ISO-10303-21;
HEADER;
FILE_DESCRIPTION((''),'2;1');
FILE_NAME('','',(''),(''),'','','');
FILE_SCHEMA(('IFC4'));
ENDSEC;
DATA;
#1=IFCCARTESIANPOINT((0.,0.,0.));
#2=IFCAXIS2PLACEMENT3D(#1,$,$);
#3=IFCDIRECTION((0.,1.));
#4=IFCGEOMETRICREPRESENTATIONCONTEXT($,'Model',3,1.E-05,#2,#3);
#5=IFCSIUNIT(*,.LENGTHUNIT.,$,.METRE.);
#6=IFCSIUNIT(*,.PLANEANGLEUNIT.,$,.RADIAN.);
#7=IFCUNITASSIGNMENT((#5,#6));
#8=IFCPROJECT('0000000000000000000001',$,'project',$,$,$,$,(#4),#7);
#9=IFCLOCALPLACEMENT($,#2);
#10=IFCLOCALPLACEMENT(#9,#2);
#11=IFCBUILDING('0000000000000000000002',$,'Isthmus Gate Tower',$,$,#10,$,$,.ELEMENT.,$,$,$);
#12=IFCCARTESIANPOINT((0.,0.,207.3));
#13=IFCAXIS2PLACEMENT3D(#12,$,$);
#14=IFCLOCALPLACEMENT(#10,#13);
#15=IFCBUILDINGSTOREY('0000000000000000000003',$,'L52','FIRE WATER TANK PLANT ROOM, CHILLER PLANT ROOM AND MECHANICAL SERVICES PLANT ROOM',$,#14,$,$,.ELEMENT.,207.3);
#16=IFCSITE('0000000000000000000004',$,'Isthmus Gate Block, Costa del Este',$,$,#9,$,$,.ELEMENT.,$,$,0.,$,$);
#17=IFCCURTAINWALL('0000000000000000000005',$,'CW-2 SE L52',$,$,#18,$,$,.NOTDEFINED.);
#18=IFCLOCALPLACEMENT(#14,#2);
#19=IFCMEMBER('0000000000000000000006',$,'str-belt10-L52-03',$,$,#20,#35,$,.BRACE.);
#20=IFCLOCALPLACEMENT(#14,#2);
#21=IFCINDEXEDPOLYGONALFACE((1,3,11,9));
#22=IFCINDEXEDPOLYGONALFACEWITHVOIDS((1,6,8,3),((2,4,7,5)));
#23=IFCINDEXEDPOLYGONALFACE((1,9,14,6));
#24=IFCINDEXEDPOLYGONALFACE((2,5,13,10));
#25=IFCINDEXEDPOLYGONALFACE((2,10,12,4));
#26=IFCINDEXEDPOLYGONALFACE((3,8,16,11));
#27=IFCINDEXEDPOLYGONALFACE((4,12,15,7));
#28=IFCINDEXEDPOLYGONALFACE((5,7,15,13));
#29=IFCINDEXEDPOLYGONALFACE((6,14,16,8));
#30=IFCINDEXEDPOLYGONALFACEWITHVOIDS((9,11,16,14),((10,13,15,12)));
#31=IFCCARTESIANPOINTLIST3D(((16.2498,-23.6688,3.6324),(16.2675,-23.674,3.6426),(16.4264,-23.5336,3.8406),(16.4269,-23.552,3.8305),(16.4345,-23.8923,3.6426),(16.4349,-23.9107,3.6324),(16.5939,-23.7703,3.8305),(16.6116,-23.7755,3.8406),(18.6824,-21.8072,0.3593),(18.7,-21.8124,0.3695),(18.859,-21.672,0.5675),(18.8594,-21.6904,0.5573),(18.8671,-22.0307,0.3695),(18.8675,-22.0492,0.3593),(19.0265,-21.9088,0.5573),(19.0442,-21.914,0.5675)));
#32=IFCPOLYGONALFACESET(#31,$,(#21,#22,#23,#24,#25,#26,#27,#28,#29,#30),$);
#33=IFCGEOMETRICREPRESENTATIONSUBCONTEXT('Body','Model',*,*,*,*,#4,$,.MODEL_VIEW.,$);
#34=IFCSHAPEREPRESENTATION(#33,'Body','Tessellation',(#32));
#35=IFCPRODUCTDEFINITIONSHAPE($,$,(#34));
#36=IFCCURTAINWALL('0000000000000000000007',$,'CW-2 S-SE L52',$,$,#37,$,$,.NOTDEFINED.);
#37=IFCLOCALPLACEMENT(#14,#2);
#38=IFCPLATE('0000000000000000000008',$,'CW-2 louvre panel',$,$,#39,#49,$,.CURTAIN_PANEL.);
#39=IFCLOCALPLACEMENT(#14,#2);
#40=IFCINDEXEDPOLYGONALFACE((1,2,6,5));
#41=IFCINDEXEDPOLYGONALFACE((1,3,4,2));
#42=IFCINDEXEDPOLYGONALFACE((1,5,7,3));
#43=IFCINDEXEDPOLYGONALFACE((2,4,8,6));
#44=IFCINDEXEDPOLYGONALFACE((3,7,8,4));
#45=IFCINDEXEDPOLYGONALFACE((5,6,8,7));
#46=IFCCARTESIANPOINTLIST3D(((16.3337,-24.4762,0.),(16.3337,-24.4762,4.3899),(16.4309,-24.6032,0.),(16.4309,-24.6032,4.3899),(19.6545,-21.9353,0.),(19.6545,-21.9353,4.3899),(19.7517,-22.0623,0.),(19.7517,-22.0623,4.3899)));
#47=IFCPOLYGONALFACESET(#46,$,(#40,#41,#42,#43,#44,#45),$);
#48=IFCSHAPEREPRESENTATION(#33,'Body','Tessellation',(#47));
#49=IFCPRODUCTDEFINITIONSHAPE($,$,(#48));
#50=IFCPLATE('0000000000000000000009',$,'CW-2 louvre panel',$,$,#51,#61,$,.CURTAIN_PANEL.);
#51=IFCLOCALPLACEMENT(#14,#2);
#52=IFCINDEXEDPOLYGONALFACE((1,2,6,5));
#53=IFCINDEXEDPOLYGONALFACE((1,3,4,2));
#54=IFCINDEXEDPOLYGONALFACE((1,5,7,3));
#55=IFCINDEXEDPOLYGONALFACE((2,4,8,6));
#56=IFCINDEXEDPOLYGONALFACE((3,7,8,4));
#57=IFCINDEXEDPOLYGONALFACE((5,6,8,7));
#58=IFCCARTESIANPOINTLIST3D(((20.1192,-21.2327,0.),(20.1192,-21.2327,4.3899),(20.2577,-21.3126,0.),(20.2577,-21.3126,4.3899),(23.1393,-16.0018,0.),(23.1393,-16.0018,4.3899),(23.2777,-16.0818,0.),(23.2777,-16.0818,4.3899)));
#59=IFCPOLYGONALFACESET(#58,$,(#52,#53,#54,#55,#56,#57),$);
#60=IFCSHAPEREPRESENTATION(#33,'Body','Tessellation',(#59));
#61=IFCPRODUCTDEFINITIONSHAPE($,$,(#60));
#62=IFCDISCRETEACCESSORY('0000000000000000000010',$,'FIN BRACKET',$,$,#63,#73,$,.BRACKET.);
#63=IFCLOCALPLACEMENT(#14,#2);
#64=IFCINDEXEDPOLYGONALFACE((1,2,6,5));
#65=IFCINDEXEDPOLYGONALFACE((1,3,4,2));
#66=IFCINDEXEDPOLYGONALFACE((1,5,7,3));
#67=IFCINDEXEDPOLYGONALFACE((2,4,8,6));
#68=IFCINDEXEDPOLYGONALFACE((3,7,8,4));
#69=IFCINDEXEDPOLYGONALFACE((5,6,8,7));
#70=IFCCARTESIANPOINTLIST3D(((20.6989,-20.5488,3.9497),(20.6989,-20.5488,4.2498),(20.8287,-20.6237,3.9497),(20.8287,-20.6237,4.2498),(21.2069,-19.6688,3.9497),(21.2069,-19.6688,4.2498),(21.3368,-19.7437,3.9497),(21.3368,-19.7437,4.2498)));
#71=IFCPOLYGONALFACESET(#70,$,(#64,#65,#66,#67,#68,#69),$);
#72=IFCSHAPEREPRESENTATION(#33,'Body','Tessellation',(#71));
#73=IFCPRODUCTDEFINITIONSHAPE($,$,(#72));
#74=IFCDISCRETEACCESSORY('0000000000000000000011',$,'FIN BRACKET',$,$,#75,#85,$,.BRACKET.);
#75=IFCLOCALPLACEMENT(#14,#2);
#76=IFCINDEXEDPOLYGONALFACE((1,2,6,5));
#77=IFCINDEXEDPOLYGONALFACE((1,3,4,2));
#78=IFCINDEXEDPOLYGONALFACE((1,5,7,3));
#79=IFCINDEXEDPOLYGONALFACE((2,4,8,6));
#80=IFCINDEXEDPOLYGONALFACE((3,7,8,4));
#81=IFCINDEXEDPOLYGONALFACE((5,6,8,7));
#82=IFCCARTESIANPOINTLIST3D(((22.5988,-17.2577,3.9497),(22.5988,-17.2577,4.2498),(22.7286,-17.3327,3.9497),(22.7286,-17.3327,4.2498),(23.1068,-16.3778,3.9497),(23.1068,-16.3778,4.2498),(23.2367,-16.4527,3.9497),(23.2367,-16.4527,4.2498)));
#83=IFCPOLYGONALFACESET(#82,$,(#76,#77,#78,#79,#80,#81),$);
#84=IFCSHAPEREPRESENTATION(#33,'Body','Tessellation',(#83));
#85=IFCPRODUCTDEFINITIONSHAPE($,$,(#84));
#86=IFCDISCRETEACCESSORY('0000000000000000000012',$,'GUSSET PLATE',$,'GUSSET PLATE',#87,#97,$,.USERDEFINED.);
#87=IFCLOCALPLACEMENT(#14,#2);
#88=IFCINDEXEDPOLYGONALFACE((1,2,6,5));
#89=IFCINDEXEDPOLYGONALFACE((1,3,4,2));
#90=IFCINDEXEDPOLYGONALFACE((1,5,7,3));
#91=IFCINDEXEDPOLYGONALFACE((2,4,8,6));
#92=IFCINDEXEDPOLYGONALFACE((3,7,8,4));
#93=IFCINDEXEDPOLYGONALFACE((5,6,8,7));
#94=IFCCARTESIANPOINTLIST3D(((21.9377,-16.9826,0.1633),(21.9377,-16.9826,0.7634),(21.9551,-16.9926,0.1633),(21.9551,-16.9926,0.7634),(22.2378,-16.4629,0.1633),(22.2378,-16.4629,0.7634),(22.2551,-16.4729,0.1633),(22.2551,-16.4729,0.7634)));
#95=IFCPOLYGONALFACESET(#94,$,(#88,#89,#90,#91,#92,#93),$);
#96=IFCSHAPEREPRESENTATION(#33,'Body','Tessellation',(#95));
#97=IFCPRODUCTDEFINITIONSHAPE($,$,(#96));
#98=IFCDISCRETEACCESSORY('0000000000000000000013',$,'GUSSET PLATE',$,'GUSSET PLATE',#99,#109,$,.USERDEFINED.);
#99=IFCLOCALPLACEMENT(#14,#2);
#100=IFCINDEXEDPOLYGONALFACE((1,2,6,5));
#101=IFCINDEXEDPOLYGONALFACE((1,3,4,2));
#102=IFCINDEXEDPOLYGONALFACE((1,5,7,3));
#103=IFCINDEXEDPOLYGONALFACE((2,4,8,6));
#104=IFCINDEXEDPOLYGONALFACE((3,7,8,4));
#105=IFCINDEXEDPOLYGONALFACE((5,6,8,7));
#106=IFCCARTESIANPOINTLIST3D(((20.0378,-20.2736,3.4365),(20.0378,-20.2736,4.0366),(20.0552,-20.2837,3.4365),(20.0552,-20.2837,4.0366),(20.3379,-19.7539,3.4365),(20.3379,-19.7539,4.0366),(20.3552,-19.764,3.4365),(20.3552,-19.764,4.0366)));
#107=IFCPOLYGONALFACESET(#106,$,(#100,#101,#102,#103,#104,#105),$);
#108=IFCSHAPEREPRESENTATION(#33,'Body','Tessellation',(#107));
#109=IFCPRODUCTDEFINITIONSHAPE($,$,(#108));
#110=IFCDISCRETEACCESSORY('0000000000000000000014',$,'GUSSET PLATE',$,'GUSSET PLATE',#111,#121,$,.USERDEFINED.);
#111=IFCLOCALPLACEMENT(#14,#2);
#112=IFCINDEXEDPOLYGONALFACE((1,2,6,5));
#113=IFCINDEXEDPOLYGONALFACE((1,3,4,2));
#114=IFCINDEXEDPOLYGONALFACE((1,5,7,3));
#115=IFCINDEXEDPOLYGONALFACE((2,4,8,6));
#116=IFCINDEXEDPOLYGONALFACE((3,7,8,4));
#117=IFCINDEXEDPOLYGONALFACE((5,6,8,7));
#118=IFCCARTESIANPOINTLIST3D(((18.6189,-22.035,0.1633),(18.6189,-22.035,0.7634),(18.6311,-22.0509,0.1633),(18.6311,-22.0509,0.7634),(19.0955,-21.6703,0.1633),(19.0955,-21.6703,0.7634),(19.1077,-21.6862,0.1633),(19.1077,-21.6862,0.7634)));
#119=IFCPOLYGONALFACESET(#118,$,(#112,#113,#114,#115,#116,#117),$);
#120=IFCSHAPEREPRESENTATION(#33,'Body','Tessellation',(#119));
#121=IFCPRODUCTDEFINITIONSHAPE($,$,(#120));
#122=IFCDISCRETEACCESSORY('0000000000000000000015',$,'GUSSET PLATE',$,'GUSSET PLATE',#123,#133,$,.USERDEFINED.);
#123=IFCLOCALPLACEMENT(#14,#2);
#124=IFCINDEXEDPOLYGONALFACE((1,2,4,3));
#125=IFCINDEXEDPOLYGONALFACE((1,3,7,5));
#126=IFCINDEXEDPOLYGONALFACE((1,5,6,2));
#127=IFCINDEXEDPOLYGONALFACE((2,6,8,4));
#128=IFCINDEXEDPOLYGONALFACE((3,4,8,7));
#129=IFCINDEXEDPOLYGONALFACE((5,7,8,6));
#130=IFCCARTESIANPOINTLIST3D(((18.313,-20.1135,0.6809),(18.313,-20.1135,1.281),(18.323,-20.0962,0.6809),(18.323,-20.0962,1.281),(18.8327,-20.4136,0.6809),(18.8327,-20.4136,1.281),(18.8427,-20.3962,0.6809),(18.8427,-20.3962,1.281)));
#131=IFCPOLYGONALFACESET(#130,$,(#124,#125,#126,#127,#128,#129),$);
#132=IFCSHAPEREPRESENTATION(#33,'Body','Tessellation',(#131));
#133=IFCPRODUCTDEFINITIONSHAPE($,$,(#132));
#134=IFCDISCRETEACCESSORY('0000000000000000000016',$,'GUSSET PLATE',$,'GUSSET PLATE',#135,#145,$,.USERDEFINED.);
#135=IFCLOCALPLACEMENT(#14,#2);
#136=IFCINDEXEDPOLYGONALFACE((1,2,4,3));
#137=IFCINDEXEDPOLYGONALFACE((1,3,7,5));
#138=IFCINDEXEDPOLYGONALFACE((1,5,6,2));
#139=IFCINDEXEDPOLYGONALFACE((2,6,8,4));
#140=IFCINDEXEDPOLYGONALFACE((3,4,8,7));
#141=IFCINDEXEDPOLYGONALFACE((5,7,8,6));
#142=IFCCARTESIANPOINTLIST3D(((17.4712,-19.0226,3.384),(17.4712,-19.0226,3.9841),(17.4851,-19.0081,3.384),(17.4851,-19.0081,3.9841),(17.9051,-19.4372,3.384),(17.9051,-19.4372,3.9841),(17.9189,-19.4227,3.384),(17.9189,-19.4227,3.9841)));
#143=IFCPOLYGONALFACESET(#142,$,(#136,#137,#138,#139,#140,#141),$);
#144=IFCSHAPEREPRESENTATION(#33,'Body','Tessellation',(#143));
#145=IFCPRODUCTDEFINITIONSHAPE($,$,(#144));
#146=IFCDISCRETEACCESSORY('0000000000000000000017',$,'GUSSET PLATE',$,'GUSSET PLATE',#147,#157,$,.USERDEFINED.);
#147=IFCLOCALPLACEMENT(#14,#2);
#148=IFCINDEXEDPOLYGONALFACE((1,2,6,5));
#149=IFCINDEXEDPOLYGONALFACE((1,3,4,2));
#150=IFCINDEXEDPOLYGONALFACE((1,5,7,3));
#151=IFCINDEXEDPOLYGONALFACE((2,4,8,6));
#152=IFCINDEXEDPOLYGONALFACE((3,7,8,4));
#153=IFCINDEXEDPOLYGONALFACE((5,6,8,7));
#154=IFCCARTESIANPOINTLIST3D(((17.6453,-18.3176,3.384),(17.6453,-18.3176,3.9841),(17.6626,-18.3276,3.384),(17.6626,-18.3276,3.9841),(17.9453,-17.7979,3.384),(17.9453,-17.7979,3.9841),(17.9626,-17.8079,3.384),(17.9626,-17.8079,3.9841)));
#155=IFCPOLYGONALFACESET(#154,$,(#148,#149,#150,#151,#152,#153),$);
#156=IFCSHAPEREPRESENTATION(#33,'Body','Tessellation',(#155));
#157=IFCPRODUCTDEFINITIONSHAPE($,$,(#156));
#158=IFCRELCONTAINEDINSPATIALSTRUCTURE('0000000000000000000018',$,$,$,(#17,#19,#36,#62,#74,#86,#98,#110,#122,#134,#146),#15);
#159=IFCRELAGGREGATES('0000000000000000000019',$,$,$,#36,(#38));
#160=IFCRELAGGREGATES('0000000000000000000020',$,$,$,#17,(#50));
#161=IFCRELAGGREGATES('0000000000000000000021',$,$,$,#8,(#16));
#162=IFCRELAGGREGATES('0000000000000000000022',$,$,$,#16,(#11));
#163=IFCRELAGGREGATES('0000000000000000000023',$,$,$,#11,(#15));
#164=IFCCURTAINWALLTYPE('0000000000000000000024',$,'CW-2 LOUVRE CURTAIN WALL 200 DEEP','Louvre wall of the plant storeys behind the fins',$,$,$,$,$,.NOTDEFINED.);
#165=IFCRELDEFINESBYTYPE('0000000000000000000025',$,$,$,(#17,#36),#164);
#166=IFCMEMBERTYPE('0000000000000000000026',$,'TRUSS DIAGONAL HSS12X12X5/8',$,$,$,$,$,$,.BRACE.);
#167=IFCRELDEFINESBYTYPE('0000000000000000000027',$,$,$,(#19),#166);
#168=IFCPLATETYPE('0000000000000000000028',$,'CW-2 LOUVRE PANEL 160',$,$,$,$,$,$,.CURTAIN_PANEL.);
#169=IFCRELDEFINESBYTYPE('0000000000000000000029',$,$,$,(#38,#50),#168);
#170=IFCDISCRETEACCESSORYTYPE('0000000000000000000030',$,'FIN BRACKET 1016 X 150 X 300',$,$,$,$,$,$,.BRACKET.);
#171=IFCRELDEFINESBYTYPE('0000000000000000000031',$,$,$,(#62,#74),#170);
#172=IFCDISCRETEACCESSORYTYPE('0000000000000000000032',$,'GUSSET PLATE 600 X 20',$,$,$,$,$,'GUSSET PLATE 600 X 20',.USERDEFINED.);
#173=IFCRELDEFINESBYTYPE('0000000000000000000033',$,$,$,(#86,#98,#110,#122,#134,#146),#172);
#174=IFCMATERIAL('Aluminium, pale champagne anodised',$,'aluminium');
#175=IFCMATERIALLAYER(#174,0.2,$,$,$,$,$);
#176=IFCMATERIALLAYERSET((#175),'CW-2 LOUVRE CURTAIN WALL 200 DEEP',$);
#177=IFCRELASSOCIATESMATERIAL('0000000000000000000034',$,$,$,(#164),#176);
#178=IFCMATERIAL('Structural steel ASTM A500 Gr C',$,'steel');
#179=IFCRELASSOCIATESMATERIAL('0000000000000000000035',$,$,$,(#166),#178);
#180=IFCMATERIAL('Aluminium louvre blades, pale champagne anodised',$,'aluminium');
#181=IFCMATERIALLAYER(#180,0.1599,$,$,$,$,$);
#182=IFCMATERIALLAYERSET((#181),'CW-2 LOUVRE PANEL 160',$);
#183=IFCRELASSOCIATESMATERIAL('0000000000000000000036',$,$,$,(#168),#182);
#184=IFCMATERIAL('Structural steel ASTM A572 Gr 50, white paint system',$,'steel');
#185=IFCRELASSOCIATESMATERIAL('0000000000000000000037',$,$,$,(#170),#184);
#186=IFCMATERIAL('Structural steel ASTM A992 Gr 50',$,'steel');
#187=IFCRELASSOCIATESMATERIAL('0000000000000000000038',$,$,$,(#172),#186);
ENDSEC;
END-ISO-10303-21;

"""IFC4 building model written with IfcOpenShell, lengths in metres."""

from ifc_helpers import new_model, si_unit, direction, frame, origin, origin_2d, place, context, subcontext, project, spatial, rectangle, hollow_rectangle, extrude, material, layer, layer_set, material_profile, profile_set, type_object, element, aggregate, save


model = new_model("IFC4")

# Units and contexts
model_context = context("Model", 3, precision=1e-05, world=origin(), true_north=direction((0.0, 1.0)))
body_context = subcontext(model_context, "Body", "Model", "MODEL_VIEW")
ifc_project = project(units=[si_unit("LENGTHUNIT", "METRE"), si_unit("PLANEANGLEUNIT", "RADIAN")], contexts=[model_context])

# Site, building, storey
site_placement = place(None, origin())
site = spatial("IfcSite", under=ifc_project, at=site_placement, Name="Isthmus Gate Block, Costa del Este", CompositionType="ELEMENT", RefElevation=0.0)
building_placement = place(site_placement, origin())
building = spatial("IfcBuilding", under=site, at=building_placement, Name="Isthmus Gate Tower", CompositionType="ELEMENT")
storey_placement = place(building_placement, frame((0.0, 0.0, 207.3)))
storey = spatial("IfcBuildingStorey", under=building, at=storey_placement, Name="L52", Description="FIRE WATER TANK PLANT ROOM, CHILLER PLANT ROOM AND MECHANICAL SERVICES PLANT ROOM", CompositionType="ELEMENT", Elevation=207.3)

# Curtain wall
ifc_material_1 = material(Name="Aluminium, pale champagne anodised", Category="aluminium")
ifc_layer_1 = layer(ifc_material_1, 0.2)
ifc_layer_set_1 = layer_set([ifc_layer_1], Name="CW-2 LOUVRE CURTAIN WALL 200 DEEP")
curtain_wall_type = type_object("IfcCurtainWallType", Name="CW-2 LOUVRE CURTAIN WALL 200 DEEP", Description="Louvre wall of the plant storeys behind the fins", PredefinedType="NOTDEFINED", material=ifc_layer_set_1)
curtain_wall_1_placement = place(storey_placement, origin())
curtain_wall_1 = element("IfcCurtainWall", 1, at=curtain_wall_1_placement, inside=storey, type_object=curtain_wall_type, Name="CW-2 SE L52", PredefinedType="NOTDEFINED")

# Member
ifc_material_2 = material(Name="Structural steel ASTM A500 Gr C", Category="steel")
ifc_material_profile_1 = material_profile(ifc_material_2, hollow_rectangle(XDim=0.3047, YDim=0.3047, WallThickness=0.0149, at=origin_2d()), Name="HSS12X12X5/8")
ifc_profile_set_1 = profile_set([ifc_material_profile_1], Name="Structural steel ASTM A500 Gr C")
member_type_1 = type_object("IfcMemberType", Name="TRUSS DIAGONAL HSS12X12X5/8", PredefinedType="BRACE", material=ifc_profile_set_1)
member_1_placement = place(storey_placement, frame((18.8633, -21.8606, 0.4634), z_axis=(-0.542637, -0.415256, 0.730142), x_axis=(0.607725, -0.794147, 0.0)))
element("IfcMember", 2, at=member_1_placement, inside=storey, type_object=member_type_1, Name="str-belt10-L52-03", PredefinedType="BRACE", context=body_context, shape_type="SweptSolid", body=[
    extrude(hollow_rectangle(XDim=0.3047, YDim=0.3047, WallThickness=0.0149, at=origin_2d()), origin(), (0.0, 0.0, 1.0), 4.4829),
])

# Curtain wall, plate
curtain_wall_2_placement = place(storey_placement, origin())
curtain_wall_2 = element("IfcCurtainWall", 3, at=curtain_wall_2_placement, inside=storey, type_object=curtain_wall_type, Name="CW-2 S-SE L52", PredefinedType="NOTDEFINED")
ifc_material_3 = material(Name="Aluminium louvre blades, pale champagne anodised", Category="aluminium")
ifc_layer_2 = layer(ifc_material_3, 0.1599)
ifc_layer_set_2 = layer_set([ifc_layer_2], Name="CW-2 LOUVRE PANEL 160")
plate_type = type_object("IfcPlateType", Name="CW-2 LOUVRE PANEL 160", PredefinedType="CURTAIN_PANEL", material=ifc_layer_set_2)
plate_1_placement = place(storey_placement, frame((18.0427, -23.2693, 0.0), z_axis=(0.0, 0.0, 1.0), x_axis=(0.794189, 0.607671, 0.0)))
plate_1 = element("IfcPlate", 4, at=plate_1_placement, type_object=plate_type, Name="CW-2 louvre panel", PredefinedType="CURTAIN_PANEL", context=body_context, shape_type="SweptSolid", body=[
    extrude(rectangle(XDim=4.1814, YDim=0.1599, at=origin_2d()), origin(), (0.0, 0.0, 1.0), 4.3899),
])
aggregate(curtain_wall_2, [plate_1])

# Plate
plate_2_placement = place(storey_placement, frame((21.6985, -18.6572, 0.0), z_axis=(0.0, 0.0, 1.0), x_axis=(0.5, 0.866025, 0.0)))
plate_2 = element("IfcPlate", 5, at=plate_2_placement, type_object=plate_type, Name="CW-2 louvre panel", PredefinedType="CURTAIN_PANEL", context=body_context, shape_type="SweptSolid", body=[
    extrude(rectangle(XDim=6.04, YDim=0.1599, at=origin_2d()), origin(), (0.0, 0.0, 1.0), 4.3899),
])
aggregate(curtain_wall_1, [plate_2])

# Discrete accessories
ifc_material_4 = material(Name="Structural steel ASTM A572 Gr 50, white paint system", Category="steel")
discrete_accessory_type_1 = type_object("IfcDiscreteAccessoryType", Name="FIN BRACKET 1016 X 150 X 300", PredefinedType="BRACKET", material=ifc_material_4)
for number, where, z_axis, x_axis, name in (
    (6, (21.0178, -20.1462, 3.9497), (0.0, 0.0, 1.0), (0.866025, -0.5, 0.0), "FIN BRACKET"),
    (7, (22.9177, -16.8552, 3.9497), (0.0, 0.0, 1.0), (0.866025, -0.5, 0.0), "FIN BRACKET"),
):
    element("IfcDiscreteAccessory", number, at=place(storey_placement, frame(where, z_axis=z_axis, x_axis=x_axis)), inside=storey, type_object=discrete_accessory_type_1, Name=name, PredefinedType="BRACKET", context=body_context, shape_type="SweptSolid", body=[
        extrude(rectangle(XDim=0.1499, YDim=1.0161, at=origin_2d()), origin(), (0.0, 0.0, 1.0), 0.3),
    ])
ifc_material_5 = material(Name="Structural steel ASTM A992 Gr 50", Category="steel")
discrete_accessory_type_2 = type_object("IfcDiscreteAccessoryType", Name="GUSSET PLATE 600 X 20", ElementType="GUSSET PLATE 600 X 20", PredefinedType="USERDEFINED", material=ifc_material_5)
for number, where, z_axis, x_axis, name in (
    (8, (22.0964, -16.7278, 0.1633), (0.0, 0.0, 1.0), (-0.5, -0.866025, 0.0), "GUSSET PLATE"),
    (9, (20.1965, -20.0188, 3.4365), (0.0, 0.0, 1.0), (-0.5, -0.866025, 0.0), "GUSSET PLATE"),
    (10, (18.8633, -21.8606, 0.1633), (0.0, 0.0, 1.0), (-0.794189, -0.607671, 0.0), "GUSSET PLATE"),
    (11, (18.5779, -20.2549, 0.6809), (0.0, 0.0, 1.0), (-0.866025, 0.5, 0.0), "GUSSET PLATE"),
    (12, (17.6951, -19.2227, 3.384), (0.0, 0.0, 1.0), (-0.722895, 0.690958, 0.0), "GUSSET PLATE"),
    (13, (17.804, -18.0627, 3.384), (0.0, 0.0, 1.0), (-0.5, -0.866025, 0.0), "GUSSET PLATE"),
):
    element("IfcDiscreteAccessory", number, at=place(storey_placement, frame(where, z_axis=z_axis, x_axis=x_axis)), inside=storey, type_object=discrete_accessory_type_2, Name=name, ObjectType="GUSSET PLATE", PredefinedType="USERDEFINED", context=body_context, shape_type="SweptSolid", body=[
        extrude(rectangle(XDim=0.6001, YDim=0.02, at=origin_2d()), origin(), (0.0, 0.0, 1.0), 0.6001),
    ])

save(model, "model.ifc")
